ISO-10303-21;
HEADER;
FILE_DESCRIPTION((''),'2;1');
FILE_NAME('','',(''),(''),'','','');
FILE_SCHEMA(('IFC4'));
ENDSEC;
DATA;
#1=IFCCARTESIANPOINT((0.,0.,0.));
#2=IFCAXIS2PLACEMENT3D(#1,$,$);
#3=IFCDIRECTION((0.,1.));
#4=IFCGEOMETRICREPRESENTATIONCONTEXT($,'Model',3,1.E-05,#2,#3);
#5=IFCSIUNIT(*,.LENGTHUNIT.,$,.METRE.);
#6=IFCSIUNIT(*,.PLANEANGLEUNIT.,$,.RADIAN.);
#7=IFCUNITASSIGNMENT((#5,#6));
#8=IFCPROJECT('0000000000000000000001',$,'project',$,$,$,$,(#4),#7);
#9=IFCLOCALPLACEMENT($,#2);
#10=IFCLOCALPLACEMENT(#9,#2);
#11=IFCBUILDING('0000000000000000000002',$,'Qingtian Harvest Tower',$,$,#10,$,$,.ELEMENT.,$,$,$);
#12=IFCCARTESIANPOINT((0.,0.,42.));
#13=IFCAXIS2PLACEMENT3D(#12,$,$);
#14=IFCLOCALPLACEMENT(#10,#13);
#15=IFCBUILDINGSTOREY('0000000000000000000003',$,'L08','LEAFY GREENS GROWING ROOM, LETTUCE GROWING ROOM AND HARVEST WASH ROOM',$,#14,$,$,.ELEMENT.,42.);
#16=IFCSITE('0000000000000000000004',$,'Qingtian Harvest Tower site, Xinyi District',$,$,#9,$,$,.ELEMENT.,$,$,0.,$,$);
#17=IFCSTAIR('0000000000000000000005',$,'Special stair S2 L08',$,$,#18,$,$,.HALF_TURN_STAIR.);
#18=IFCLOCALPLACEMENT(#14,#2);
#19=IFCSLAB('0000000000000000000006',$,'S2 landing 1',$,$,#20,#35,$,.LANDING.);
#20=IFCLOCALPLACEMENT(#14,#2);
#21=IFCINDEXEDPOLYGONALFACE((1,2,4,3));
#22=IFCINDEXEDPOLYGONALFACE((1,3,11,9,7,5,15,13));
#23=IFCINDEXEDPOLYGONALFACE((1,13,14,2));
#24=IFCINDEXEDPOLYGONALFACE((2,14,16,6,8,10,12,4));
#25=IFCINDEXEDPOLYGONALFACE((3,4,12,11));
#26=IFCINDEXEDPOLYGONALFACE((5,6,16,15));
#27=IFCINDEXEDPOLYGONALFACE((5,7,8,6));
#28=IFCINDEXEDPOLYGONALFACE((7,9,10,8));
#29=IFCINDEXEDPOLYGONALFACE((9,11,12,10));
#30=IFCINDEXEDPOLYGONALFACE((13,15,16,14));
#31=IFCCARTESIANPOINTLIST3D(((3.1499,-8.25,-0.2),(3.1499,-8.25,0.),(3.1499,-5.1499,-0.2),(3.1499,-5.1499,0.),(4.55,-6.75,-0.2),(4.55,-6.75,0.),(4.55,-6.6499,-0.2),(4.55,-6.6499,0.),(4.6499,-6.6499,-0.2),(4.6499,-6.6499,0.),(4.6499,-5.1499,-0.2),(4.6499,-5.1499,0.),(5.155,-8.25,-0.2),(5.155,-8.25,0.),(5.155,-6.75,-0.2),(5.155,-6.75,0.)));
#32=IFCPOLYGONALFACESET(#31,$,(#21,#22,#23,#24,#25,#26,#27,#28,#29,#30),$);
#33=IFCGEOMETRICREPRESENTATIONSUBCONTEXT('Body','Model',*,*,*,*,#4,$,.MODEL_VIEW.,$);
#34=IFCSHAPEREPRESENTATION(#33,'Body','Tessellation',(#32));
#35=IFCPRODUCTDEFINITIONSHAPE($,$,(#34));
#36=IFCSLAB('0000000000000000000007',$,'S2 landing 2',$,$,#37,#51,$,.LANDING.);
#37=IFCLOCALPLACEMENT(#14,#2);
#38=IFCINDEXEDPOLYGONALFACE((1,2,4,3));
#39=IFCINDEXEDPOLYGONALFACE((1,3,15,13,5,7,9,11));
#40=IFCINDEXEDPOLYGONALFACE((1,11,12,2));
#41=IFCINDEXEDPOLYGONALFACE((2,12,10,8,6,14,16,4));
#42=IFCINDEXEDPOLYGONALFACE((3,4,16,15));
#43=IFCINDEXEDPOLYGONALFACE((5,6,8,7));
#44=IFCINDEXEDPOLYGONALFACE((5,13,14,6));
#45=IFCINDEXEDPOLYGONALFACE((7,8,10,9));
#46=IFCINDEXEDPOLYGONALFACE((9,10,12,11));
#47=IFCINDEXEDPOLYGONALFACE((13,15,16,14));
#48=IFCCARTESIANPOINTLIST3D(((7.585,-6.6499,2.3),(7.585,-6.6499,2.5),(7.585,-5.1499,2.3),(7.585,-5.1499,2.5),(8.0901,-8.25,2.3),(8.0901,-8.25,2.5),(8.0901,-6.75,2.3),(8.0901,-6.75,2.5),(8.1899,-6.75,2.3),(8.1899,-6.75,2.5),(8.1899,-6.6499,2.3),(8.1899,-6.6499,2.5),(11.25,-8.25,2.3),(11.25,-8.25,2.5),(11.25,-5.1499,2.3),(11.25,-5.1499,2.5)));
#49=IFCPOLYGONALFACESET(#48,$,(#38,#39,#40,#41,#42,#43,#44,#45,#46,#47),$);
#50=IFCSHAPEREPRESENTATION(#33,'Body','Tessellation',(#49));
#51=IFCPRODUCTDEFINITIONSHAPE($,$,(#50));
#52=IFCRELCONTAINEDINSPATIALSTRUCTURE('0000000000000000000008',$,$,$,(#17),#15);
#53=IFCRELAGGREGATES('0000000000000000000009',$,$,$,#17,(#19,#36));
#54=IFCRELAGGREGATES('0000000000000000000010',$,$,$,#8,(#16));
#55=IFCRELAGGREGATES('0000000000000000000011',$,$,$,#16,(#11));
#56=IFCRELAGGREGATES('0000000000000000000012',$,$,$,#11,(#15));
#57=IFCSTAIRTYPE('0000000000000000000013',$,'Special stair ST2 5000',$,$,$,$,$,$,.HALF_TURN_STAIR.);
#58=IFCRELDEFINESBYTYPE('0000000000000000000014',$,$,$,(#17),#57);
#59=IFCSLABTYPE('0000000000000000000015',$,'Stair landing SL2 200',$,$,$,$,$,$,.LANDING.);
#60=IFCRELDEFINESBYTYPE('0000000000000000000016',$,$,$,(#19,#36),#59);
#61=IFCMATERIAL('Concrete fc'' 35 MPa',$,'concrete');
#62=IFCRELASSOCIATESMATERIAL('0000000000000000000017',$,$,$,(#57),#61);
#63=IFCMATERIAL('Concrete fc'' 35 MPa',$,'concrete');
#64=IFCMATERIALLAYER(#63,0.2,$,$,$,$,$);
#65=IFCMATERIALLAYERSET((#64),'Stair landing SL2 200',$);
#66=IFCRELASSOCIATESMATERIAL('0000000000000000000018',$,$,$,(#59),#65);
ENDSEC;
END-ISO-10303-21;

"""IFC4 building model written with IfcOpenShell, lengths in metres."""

from ifc_helpers import new_model, si_unit, direction, frame, origin, place, context, subcontext, project, spatial, polyline, outline, extrude, material, layer, layer_set, type_object, element, aggregate, save


model = new_model("IFC4")

# Units and contexts
model_context = context("Model", 3, precision=1e-05, world=origin(), true_north=direction((0.0, 1.0)))
body_context = subcontext(model_context, "Body", "Model", "MODEL_VIEW")
ifc_project = project(units=[si_unit("LENGTHUNIT", "METRE"), si_unit("PLANEANGLEUNIT", "RADIAN")], contexts=[model_context])

# Site, building, storey
site_placement = place(None, origin())
site = spatial("IfcSite", under=ifc_project, at=site_placement, Name="Qingtian Harvest Tower site, Xinyi District", CompositionType="ELEMENT", RefElevation=0.0)
building_placement = place(site_placement, origin())
building = spatial("IfcBuilding", under=site, at=building_placement, Name="Qingtian Harvest Tower", CompositionType="ELEMENT")
storey_placement = place(building_placement, frame((0.0, 0.0, 42.0)))
storey = spatial("IfcBuildingStorey", under=building, at=storey_placement, Name="L08", Description="LEAFY GREENS GROWING ROOM, LETTUCE GROWING ROOM AND HARVEST WASH ROOM", CompositionType="ELEMENT", Elevation=42.0)

# Stair, slabs
ifc_material_1 = material(Name="Concrete fc' 35 MPa", Category="concrete")
stair_type = type_object("IfcStairType", Name="Special stair ST2 5000", PredefinedType="HALF_TURN_STAIR", material=ifc_material_1)
ifc_material_2 = material(Name="Concrete fc' 35 MPa", Category="concrete")
ifc_layer_1 = layer(ifc_material_2, 0.2)
ifc_layer_set_1 = layer_set([ifc_layer_1], Name="Stair landing SL2 200")
slab_type_1 = type_object("IfcSlabType", Name="Stair landing SL2 200", PredefinedType="LANDING", material=ifc_layer_set_1)
stair_1_placement = place(storey_placement, origin())
stair_1 = element("IfcStair", 1, at=stair_1_placement, inside=storey, type_object=stair_type, Name="Special stair S2 L08", PredefinedType="HALF_TURN_STAIR")
slab_1_placement = place(storey_placement, frame((0.0, 0.0, -0.2)))
slab_1 = element("IfcSlab", 2, at=slab_1_placement, type_object=slab_type_1, Name="S2 landing 1", PredefinedType="LANDING", context=body_context, shape_type="SweptSolid", body=[
    extrude(outline(polyline([(5.155, -8.25), (3.1499, -8.25), (3.1499, -5.1499), (4.6499, -5.1499), (4.6499, -6.6499), (4.55, -6.6499), (4.55, -6.75), (5.155, -6.75), (5.155, -8.25)])), origin(), (0.0, 0.0, 1.0), 0.2),
])
slab_2_placement = place(storey_placement, frame((0.0, 0.0, 2.3)))
slab_2 = element("IfcSlab", 3, at=slab_2_placement, type_object=slab_type_1, Name="S2 landing 2", PredefinedType="LANDING", context=body_context, shape_type="SweptSolid", body=[
    extrude(outline(polyline([(8.0901, -8.25), (8.0901, -6.75), (8.1899, -6.75), (8.1899, -6.6499), (7.585, -6.6499), (7.585, -5.1499), (11.25, -5.1499), (11.25, -8.25), (8.0901, -8.25)])), origin(), (0.0, 0.0, 1.0), 0.2),
])
aggregate(stair_1, [slab_1, slab_2])

save(model, "model.ifc")
